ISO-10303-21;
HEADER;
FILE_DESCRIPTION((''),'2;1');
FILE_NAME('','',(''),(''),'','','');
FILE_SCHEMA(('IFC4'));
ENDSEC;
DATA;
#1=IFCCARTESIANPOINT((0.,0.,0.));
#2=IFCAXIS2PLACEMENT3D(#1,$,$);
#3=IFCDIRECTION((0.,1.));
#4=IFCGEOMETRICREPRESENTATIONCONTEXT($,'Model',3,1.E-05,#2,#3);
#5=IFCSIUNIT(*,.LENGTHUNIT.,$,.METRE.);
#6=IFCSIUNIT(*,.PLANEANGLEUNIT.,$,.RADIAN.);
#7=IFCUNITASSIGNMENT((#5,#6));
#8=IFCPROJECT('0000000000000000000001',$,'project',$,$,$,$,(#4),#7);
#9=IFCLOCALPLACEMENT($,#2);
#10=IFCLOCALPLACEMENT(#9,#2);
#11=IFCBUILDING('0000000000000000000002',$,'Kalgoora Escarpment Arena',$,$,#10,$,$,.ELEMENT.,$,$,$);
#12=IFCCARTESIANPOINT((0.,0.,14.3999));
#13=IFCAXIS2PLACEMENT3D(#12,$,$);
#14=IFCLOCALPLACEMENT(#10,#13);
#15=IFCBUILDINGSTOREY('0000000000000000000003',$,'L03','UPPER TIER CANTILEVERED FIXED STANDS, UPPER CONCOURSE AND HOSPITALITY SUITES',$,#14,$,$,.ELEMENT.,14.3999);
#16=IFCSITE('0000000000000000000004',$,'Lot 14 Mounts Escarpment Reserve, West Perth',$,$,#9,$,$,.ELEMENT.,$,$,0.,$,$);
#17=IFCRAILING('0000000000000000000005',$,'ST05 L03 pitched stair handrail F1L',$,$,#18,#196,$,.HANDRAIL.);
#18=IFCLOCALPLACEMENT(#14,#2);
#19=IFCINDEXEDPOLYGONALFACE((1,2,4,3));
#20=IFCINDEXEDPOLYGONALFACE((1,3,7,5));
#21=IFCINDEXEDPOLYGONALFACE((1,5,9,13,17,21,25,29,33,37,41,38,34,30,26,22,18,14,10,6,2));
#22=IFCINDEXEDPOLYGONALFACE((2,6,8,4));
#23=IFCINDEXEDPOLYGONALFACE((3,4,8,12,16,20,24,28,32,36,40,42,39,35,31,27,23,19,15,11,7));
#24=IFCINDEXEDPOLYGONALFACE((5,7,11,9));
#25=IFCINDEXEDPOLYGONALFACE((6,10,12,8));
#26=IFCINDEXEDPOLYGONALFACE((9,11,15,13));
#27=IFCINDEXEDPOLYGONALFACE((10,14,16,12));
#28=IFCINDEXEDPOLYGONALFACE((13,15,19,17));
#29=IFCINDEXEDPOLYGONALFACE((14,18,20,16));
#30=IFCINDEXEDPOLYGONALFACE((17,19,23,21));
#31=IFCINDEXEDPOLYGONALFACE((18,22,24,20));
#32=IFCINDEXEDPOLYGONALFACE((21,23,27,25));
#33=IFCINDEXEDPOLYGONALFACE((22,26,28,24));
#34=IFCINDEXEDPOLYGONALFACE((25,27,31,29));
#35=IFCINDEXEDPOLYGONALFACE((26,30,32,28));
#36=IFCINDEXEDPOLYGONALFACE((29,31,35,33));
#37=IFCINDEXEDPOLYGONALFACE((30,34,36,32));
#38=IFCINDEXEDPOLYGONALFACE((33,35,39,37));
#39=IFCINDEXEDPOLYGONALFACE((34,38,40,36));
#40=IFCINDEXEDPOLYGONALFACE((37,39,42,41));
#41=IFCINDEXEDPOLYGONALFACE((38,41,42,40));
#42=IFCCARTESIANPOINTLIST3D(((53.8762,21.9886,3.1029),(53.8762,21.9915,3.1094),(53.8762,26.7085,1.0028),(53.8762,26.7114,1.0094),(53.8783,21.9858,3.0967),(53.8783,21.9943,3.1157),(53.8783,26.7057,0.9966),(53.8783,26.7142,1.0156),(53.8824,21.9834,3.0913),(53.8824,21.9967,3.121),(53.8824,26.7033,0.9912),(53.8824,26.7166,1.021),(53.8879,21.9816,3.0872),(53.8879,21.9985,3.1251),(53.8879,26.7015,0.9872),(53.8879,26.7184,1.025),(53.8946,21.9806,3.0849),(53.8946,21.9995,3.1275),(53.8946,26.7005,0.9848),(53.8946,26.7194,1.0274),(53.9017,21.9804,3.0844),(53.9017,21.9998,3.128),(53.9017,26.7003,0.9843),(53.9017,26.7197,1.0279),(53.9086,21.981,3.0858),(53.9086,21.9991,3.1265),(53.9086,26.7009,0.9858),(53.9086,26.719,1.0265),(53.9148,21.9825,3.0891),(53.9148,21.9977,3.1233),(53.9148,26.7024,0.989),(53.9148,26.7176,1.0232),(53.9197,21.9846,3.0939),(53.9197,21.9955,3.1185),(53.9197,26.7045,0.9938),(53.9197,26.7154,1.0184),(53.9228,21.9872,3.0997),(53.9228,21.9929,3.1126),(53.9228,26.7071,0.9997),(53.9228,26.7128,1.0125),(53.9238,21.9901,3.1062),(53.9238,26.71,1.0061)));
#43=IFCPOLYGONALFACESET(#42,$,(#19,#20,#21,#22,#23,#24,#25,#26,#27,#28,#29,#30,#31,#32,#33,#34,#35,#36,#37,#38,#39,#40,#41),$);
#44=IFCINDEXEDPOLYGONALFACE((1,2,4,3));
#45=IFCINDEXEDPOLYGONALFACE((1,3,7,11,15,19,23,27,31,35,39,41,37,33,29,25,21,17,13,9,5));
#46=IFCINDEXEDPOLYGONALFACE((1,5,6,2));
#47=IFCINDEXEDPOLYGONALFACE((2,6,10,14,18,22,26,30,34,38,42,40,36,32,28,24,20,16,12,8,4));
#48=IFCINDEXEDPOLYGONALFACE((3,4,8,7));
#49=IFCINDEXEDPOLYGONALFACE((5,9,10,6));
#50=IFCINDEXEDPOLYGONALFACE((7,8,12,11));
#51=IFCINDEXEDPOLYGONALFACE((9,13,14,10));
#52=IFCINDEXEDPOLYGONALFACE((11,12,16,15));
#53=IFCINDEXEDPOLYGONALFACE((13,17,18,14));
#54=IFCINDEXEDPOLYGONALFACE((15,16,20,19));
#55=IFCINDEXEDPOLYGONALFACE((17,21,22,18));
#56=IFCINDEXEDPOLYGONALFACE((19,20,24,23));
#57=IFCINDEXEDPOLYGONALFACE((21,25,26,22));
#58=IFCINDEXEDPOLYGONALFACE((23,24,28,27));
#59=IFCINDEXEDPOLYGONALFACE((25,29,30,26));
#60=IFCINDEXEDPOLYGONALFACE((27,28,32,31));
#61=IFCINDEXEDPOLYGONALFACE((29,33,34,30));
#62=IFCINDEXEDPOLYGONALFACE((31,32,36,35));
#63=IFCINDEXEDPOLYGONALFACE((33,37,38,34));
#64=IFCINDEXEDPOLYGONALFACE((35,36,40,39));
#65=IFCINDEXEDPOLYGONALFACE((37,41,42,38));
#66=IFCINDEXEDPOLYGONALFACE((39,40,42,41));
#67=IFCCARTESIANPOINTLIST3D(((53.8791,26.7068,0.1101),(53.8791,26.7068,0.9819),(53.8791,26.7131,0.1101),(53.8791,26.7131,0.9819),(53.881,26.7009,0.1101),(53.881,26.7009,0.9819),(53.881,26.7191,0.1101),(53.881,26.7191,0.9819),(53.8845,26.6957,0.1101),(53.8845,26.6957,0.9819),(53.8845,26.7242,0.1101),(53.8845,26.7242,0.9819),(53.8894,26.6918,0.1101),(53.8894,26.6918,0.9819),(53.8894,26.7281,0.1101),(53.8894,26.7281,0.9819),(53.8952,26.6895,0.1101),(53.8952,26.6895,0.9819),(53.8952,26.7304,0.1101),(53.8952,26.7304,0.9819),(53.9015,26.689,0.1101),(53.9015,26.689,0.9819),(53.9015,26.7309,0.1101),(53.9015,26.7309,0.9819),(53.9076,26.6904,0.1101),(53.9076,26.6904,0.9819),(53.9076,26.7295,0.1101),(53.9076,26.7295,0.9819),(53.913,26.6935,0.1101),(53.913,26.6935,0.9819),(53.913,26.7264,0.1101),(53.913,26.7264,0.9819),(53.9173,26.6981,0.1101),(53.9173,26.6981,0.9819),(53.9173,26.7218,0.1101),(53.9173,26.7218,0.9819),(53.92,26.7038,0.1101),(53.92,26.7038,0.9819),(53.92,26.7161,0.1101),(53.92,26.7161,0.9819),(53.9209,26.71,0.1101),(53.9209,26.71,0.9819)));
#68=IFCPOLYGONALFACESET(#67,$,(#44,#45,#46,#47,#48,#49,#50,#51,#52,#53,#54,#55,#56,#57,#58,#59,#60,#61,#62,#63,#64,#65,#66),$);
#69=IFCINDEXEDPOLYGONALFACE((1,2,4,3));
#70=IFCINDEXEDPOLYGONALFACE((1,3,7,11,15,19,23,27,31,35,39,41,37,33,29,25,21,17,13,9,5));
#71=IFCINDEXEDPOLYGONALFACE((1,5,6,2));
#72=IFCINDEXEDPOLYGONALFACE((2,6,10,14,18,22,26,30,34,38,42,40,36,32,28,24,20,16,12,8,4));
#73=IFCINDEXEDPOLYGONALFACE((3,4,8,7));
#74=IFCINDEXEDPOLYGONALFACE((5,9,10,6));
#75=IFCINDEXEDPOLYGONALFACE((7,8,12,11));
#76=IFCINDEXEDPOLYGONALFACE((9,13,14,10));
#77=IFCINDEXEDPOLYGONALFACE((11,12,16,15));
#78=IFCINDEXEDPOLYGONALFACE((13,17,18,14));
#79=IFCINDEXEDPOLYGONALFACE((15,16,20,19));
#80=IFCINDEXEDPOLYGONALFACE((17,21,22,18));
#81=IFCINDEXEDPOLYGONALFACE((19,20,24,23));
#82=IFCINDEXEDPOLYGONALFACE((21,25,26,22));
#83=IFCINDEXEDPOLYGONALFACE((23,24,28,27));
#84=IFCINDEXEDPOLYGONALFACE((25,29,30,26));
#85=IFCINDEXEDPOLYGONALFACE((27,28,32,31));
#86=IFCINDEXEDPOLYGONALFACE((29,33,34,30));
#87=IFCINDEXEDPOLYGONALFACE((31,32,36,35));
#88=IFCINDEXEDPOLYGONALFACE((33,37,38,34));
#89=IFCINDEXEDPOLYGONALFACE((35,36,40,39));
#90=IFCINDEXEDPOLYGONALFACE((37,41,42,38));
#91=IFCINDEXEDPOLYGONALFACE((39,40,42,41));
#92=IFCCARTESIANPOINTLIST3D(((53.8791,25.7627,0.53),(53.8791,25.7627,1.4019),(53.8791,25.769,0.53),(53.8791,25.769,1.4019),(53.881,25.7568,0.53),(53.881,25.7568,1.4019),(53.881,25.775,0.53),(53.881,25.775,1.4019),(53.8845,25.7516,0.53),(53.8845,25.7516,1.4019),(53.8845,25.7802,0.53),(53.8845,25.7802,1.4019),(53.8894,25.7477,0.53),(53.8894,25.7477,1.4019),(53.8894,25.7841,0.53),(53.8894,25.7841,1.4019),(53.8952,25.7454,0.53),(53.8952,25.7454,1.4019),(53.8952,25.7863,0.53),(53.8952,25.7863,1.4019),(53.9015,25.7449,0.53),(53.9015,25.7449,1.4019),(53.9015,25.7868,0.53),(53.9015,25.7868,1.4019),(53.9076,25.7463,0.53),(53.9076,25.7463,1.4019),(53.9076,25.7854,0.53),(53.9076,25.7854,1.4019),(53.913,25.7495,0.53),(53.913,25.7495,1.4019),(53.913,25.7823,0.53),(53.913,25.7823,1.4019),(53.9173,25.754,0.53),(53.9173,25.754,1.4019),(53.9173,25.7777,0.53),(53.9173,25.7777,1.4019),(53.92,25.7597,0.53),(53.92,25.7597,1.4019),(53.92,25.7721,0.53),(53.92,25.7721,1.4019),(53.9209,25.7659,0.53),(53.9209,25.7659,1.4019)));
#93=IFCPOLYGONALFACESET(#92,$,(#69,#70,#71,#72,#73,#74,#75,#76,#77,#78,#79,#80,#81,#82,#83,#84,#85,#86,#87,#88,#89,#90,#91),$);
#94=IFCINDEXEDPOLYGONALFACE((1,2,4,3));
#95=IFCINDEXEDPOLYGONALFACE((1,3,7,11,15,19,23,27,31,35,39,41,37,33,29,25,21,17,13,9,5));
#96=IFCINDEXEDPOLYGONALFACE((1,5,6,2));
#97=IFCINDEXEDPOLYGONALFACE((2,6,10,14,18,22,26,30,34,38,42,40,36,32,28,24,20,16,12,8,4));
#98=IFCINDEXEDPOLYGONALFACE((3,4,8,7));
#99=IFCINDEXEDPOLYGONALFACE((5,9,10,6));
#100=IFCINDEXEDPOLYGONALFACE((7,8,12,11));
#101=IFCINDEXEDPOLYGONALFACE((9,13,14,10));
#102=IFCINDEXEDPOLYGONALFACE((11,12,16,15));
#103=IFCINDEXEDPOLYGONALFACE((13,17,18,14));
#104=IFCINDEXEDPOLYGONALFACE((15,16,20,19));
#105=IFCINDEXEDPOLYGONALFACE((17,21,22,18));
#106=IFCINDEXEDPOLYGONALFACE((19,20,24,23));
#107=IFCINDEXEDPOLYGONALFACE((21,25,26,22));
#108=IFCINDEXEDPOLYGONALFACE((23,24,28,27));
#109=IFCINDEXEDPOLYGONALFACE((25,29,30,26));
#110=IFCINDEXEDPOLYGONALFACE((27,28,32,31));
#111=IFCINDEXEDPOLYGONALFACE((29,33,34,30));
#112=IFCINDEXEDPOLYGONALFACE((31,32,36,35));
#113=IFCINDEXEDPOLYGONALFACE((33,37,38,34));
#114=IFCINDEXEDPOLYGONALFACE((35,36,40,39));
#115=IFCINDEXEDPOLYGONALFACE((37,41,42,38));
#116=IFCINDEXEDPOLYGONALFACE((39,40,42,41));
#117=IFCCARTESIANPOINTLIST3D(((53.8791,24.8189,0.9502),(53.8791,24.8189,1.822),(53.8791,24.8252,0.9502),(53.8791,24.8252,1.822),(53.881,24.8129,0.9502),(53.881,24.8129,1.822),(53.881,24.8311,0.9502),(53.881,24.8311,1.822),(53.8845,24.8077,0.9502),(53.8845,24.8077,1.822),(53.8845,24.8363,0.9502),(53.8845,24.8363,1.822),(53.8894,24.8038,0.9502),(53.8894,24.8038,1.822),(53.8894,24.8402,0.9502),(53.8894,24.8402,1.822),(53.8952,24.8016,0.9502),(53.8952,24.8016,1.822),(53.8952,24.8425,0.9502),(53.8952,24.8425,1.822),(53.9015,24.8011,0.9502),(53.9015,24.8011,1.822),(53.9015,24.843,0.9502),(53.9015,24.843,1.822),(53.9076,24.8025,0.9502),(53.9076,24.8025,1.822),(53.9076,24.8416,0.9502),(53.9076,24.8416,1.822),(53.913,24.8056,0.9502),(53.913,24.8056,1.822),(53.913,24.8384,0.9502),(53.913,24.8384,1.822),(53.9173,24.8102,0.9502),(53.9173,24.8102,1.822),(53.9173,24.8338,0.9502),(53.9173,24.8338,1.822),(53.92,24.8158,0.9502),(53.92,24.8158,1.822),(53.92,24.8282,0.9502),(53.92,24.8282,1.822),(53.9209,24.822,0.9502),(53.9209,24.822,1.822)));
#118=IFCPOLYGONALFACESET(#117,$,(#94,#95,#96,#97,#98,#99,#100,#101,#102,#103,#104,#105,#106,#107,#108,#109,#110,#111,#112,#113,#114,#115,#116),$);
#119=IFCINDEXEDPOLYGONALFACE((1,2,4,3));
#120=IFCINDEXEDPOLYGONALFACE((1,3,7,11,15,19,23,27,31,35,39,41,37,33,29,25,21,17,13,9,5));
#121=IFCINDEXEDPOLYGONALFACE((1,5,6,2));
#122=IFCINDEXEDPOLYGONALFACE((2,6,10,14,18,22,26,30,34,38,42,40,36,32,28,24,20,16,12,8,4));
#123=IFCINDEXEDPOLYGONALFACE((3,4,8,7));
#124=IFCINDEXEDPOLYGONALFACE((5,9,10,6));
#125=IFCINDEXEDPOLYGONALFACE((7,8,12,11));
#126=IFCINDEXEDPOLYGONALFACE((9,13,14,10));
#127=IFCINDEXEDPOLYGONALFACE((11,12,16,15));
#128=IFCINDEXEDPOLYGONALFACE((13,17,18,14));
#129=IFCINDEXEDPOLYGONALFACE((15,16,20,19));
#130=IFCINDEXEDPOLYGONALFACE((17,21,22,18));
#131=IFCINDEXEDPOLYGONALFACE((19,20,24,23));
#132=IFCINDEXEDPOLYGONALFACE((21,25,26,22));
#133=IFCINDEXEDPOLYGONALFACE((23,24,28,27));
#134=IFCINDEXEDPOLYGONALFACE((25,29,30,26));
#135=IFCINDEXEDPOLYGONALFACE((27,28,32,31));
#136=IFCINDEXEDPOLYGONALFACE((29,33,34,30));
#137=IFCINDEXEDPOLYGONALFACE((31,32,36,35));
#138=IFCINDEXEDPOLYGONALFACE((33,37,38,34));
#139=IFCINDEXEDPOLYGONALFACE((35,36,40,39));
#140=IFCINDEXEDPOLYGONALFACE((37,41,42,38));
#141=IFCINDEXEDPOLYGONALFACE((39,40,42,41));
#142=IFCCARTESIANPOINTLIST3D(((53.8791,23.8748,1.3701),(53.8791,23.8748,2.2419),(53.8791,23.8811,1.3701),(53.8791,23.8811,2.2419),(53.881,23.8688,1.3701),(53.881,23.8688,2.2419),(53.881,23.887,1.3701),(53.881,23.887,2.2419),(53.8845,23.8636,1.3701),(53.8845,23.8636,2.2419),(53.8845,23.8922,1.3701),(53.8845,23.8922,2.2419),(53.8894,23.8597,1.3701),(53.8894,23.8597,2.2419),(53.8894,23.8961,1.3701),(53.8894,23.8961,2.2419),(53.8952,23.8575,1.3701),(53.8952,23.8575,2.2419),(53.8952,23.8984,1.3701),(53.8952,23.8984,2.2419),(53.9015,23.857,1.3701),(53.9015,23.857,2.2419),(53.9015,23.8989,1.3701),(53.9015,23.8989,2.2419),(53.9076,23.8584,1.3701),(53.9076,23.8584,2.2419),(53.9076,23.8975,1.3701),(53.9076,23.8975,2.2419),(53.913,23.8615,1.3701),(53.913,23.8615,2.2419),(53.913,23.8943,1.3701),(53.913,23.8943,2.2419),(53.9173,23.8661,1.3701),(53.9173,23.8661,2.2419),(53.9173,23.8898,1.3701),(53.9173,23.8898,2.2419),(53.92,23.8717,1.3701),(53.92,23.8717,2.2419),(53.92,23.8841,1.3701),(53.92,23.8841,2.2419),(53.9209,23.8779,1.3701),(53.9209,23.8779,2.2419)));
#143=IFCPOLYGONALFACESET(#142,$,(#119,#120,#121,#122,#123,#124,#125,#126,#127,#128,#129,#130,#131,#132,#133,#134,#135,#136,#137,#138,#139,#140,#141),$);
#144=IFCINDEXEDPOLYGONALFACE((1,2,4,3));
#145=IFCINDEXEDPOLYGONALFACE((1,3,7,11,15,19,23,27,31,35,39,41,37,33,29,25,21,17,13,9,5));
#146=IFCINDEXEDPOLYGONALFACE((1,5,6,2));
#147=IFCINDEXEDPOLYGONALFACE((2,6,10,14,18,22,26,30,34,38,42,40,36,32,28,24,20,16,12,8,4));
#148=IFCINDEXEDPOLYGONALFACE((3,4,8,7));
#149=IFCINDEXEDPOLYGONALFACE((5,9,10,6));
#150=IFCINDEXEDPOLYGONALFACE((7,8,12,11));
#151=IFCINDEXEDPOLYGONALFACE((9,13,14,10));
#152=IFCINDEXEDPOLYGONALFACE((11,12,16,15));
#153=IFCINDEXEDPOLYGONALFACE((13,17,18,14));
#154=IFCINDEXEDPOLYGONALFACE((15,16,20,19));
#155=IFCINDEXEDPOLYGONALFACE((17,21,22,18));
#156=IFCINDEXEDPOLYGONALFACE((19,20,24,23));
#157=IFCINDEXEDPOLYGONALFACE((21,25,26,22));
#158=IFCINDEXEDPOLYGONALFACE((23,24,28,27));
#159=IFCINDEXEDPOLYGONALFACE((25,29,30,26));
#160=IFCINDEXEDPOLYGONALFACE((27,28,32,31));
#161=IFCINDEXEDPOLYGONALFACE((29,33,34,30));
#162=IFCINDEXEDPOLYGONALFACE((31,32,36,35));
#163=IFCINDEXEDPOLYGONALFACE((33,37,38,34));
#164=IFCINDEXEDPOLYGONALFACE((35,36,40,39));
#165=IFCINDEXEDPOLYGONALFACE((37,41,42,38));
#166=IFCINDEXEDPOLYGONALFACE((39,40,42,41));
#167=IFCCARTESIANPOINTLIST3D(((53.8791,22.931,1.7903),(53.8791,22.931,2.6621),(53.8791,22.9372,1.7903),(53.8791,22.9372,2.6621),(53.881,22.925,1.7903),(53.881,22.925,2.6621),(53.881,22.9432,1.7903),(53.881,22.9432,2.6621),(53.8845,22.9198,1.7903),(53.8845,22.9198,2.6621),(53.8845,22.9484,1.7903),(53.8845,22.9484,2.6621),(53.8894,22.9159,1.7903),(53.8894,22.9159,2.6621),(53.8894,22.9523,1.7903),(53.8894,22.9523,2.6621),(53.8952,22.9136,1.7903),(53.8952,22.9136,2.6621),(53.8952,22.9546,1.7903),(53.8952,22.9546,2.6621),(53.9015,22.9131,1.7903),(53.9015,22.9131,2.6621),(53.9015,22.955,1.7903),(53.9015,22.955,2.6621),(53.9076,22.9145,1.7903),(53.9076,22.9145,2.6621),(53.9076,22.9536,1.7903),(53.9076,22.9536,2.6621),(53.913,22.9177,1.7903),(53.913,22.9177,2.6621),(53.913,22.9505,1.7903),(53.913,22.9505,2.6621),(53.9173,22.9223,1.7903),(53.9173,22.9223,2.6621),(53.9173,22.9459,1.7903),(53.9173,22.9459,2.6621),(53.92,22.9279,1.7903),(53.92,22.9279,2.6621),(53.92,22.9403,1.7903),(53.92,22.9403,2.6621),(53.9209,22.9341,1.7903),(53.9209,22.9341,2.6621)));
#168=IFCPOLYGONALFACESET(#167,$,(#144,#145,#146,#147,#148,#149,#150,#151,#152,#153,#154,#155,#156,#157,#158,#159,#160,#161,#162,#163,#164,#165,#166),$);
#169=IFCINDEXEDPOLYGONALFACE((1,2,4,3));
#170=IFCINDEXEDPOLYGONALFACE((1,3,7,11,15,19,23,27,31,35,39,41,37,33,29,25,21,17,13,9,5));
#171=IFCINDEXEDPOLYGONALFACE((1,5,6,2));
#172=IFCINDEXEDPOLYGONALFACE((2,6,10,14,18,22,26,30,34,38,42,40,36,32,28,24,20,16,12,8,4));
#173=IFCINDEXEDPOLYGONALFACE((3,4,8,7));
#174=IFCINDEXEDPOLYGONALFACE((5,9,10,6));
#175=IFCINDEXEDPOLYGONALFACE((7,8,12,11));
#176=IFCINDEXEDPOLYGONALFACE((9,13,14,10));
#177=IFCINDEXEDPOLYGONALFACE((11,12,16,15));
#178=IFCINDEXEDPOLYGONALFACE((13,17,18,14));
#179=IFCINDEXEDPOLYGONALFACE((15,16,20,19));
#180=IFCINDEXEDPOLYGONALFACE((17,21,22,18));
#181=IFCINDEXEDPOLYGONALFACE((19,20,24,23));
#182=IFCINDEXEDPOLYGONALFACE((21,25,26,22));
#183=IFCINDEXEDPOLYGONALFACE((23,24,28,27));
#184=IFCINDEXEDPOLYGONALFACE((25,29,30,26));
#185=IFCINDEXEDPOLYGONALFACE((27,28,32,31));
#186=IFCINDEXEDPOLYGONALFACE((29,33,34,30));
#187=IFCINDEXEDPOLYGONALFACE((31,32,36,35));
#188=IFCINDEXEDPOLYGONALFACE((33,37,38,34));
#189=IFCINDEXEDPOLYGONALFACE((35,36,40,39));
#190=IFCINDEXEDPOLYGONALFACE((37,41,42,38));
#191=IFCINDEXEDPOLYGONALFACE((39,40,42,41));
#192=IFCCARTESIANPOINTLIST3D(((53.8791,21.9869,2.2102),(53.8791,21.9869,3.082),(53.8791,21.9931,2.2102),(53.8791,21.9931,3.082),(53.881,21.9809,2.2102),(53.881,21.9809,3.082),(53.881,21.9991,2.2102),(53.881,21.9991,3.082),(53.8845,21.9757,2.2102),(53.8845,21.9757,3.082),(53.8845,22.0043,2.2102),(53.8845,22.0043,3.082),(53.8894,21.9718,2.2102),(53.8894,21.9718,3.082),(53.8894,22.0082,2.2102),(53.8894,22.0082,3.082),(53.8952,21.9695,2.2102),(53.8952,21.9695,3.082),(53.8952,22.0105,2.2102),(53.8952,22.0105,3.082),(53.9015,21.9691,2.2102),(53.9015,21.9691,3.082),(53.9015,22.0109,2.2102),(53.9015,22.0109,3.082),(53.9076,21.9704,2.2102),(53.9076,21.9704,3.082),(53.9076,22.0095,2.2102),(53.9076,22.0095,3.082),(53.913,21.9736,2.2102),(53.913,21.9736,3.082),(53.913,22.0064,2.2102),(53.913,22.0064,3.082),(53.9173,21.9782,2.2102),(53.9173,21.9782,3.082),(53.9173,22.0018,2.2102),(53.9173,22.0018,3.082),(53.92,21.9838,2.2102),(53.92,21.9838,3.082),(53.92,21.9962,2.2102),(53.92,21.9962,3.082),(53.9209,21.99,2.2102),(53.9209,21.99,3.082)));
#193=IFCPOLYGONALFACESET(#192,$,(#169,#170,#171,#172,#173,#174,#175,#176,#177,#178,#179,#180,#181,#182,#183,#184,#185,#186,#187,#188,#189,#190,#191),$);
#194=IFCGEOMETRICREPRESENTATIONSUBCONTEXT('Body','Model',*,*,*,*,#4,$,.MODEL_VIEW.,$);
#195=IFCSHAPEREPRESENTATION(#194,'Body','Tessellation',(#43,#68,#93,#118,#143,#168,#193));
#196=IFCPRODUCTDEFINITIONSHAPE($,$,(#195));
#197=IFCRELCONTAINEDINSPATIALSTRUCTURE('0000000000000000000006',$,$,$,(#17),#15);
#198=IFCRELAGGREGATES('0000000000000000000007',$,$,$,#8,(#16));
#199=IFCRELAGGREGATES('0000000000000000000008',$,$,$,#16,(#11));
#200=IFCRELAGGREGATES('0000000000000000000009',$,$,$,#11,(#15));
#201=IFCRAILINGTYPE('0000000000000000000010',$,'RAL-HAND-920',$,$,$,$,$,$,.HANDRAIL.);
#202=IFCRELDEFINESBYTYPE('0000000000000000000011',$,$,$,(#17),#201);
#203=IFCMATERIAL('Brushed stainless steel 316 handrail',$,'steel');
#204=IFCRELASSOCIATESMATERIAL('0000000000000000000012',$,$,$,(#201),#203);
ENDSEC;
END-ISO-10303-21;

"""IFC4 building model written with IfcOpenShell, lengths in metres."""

from ifc_helpers import new_model, si_unit, direction, frame, origin, origin_2d, place, context, subcontext, project, spatial, circle, extrude, material, type_object, element, save


model = new_model("IFC4")

# Units and contexts
model_context = context("Model", 3, precision=1e-05, world=origin(), true_north=direction((0.0, 1.0)))
body_context = subcontext(model_context, "Body", "Model", "MODEL_VIEW")
ifc_project = project(units=[si_unit("LENGTHUNIT", "METRE"), si_unit("PLANEANGLEUNIT", "RADIAN")], contexts=[model_context])

# Site, building, storey
site_placement = place(None, origin())
site = spatial("IfcSite", under=ifc_project, at=site_placement, Name="Lot 14 Mounts Escarpment Reserve, West Perth", CompositionType="ELEMENT", RefElevation=0.0)
building_placement = place(site_placement, origin())
building = spatial("IfcBuilding", under=site, at=building_placement, Name="Kalgoora Escarpment Arena", CompositionType="ELEMENT")
storey_placement = place(building_placement, frame((0.0, 0.0, 14.3999)))
storey = spatial("IfcBuildingStorey", under=building, at=storey_placement, Name="L03", Description="UPPER TIER CANTILEVERED FIXED STANDS, UPPER CONCOURSE AND HOSPITALITY SUITES", CompositionType="ELEMENT", Elevation=14.3999)

# Railing
ifc_material_1 = material(Name="Brushed stainless steel 316 handrail", Category="steel")
railing_type_1 = type_object("IfcRailingType", Name="RAL-HAND-920", PredefinedType="HANDRAIL", material=ifc_material_1)
for number, where, name in (
    (1, (53.8999, 26.71, 0.1101), "ST05 L03 pitched stair handrail F1L"),
):
    element("IfcRailing", number, at=place(storey_placement, frame(where)), inside=storey, type_object=railing_type_1, Name=name, PredefinedType="HANDRAIL", context=body_context, shape_type="SweptSolid", body=[
        extrude(circle(Radius=0.0239, at=origin_2d()), frame((0.0, 0.0, 0.896), z_axis=(0.0, -0.913644, 0.406516), x_axis=(1.0, 0.0, 0.0)), (0.0, 0.0, 1.0), 5.166),
        extrude(circle(Radius=0.021, at=origin_2d()), origin(), (0.0, 0.0, 1.0), 0.8718),
        extrude(circle(Radius=0.021, at=origin_2d()), frame((0.0, -0.9441, 0.4199)), (0.0, 0.0, 1.0), 0.8718),
        extrude(circle(Radius=0.021, at=origin_2d()), frame((0.0, -1.8879, 0.8401)), (0.0, 0.0, 1.0), 0.8718),
        extrude(circle(Radius=0.021, at=origin_2d()), frame((0.0, -2.832, 1.26)), (0.0, 0.0, 1.0), 0.8718),
        extrude(circle(Radius=0.021, at=origin_2d()), frame((0.0, -3.7759, 1.6802)), (0.0, 0.0, 1.0), 0.8718),
        extrude(circle(Radius=0.021, at=origin_2d()), frame((0.0, -4.72, 2.1001)), (0.0, 0.0, 1.0), 0.8718),
    ])

save(model, "model.ifc")
